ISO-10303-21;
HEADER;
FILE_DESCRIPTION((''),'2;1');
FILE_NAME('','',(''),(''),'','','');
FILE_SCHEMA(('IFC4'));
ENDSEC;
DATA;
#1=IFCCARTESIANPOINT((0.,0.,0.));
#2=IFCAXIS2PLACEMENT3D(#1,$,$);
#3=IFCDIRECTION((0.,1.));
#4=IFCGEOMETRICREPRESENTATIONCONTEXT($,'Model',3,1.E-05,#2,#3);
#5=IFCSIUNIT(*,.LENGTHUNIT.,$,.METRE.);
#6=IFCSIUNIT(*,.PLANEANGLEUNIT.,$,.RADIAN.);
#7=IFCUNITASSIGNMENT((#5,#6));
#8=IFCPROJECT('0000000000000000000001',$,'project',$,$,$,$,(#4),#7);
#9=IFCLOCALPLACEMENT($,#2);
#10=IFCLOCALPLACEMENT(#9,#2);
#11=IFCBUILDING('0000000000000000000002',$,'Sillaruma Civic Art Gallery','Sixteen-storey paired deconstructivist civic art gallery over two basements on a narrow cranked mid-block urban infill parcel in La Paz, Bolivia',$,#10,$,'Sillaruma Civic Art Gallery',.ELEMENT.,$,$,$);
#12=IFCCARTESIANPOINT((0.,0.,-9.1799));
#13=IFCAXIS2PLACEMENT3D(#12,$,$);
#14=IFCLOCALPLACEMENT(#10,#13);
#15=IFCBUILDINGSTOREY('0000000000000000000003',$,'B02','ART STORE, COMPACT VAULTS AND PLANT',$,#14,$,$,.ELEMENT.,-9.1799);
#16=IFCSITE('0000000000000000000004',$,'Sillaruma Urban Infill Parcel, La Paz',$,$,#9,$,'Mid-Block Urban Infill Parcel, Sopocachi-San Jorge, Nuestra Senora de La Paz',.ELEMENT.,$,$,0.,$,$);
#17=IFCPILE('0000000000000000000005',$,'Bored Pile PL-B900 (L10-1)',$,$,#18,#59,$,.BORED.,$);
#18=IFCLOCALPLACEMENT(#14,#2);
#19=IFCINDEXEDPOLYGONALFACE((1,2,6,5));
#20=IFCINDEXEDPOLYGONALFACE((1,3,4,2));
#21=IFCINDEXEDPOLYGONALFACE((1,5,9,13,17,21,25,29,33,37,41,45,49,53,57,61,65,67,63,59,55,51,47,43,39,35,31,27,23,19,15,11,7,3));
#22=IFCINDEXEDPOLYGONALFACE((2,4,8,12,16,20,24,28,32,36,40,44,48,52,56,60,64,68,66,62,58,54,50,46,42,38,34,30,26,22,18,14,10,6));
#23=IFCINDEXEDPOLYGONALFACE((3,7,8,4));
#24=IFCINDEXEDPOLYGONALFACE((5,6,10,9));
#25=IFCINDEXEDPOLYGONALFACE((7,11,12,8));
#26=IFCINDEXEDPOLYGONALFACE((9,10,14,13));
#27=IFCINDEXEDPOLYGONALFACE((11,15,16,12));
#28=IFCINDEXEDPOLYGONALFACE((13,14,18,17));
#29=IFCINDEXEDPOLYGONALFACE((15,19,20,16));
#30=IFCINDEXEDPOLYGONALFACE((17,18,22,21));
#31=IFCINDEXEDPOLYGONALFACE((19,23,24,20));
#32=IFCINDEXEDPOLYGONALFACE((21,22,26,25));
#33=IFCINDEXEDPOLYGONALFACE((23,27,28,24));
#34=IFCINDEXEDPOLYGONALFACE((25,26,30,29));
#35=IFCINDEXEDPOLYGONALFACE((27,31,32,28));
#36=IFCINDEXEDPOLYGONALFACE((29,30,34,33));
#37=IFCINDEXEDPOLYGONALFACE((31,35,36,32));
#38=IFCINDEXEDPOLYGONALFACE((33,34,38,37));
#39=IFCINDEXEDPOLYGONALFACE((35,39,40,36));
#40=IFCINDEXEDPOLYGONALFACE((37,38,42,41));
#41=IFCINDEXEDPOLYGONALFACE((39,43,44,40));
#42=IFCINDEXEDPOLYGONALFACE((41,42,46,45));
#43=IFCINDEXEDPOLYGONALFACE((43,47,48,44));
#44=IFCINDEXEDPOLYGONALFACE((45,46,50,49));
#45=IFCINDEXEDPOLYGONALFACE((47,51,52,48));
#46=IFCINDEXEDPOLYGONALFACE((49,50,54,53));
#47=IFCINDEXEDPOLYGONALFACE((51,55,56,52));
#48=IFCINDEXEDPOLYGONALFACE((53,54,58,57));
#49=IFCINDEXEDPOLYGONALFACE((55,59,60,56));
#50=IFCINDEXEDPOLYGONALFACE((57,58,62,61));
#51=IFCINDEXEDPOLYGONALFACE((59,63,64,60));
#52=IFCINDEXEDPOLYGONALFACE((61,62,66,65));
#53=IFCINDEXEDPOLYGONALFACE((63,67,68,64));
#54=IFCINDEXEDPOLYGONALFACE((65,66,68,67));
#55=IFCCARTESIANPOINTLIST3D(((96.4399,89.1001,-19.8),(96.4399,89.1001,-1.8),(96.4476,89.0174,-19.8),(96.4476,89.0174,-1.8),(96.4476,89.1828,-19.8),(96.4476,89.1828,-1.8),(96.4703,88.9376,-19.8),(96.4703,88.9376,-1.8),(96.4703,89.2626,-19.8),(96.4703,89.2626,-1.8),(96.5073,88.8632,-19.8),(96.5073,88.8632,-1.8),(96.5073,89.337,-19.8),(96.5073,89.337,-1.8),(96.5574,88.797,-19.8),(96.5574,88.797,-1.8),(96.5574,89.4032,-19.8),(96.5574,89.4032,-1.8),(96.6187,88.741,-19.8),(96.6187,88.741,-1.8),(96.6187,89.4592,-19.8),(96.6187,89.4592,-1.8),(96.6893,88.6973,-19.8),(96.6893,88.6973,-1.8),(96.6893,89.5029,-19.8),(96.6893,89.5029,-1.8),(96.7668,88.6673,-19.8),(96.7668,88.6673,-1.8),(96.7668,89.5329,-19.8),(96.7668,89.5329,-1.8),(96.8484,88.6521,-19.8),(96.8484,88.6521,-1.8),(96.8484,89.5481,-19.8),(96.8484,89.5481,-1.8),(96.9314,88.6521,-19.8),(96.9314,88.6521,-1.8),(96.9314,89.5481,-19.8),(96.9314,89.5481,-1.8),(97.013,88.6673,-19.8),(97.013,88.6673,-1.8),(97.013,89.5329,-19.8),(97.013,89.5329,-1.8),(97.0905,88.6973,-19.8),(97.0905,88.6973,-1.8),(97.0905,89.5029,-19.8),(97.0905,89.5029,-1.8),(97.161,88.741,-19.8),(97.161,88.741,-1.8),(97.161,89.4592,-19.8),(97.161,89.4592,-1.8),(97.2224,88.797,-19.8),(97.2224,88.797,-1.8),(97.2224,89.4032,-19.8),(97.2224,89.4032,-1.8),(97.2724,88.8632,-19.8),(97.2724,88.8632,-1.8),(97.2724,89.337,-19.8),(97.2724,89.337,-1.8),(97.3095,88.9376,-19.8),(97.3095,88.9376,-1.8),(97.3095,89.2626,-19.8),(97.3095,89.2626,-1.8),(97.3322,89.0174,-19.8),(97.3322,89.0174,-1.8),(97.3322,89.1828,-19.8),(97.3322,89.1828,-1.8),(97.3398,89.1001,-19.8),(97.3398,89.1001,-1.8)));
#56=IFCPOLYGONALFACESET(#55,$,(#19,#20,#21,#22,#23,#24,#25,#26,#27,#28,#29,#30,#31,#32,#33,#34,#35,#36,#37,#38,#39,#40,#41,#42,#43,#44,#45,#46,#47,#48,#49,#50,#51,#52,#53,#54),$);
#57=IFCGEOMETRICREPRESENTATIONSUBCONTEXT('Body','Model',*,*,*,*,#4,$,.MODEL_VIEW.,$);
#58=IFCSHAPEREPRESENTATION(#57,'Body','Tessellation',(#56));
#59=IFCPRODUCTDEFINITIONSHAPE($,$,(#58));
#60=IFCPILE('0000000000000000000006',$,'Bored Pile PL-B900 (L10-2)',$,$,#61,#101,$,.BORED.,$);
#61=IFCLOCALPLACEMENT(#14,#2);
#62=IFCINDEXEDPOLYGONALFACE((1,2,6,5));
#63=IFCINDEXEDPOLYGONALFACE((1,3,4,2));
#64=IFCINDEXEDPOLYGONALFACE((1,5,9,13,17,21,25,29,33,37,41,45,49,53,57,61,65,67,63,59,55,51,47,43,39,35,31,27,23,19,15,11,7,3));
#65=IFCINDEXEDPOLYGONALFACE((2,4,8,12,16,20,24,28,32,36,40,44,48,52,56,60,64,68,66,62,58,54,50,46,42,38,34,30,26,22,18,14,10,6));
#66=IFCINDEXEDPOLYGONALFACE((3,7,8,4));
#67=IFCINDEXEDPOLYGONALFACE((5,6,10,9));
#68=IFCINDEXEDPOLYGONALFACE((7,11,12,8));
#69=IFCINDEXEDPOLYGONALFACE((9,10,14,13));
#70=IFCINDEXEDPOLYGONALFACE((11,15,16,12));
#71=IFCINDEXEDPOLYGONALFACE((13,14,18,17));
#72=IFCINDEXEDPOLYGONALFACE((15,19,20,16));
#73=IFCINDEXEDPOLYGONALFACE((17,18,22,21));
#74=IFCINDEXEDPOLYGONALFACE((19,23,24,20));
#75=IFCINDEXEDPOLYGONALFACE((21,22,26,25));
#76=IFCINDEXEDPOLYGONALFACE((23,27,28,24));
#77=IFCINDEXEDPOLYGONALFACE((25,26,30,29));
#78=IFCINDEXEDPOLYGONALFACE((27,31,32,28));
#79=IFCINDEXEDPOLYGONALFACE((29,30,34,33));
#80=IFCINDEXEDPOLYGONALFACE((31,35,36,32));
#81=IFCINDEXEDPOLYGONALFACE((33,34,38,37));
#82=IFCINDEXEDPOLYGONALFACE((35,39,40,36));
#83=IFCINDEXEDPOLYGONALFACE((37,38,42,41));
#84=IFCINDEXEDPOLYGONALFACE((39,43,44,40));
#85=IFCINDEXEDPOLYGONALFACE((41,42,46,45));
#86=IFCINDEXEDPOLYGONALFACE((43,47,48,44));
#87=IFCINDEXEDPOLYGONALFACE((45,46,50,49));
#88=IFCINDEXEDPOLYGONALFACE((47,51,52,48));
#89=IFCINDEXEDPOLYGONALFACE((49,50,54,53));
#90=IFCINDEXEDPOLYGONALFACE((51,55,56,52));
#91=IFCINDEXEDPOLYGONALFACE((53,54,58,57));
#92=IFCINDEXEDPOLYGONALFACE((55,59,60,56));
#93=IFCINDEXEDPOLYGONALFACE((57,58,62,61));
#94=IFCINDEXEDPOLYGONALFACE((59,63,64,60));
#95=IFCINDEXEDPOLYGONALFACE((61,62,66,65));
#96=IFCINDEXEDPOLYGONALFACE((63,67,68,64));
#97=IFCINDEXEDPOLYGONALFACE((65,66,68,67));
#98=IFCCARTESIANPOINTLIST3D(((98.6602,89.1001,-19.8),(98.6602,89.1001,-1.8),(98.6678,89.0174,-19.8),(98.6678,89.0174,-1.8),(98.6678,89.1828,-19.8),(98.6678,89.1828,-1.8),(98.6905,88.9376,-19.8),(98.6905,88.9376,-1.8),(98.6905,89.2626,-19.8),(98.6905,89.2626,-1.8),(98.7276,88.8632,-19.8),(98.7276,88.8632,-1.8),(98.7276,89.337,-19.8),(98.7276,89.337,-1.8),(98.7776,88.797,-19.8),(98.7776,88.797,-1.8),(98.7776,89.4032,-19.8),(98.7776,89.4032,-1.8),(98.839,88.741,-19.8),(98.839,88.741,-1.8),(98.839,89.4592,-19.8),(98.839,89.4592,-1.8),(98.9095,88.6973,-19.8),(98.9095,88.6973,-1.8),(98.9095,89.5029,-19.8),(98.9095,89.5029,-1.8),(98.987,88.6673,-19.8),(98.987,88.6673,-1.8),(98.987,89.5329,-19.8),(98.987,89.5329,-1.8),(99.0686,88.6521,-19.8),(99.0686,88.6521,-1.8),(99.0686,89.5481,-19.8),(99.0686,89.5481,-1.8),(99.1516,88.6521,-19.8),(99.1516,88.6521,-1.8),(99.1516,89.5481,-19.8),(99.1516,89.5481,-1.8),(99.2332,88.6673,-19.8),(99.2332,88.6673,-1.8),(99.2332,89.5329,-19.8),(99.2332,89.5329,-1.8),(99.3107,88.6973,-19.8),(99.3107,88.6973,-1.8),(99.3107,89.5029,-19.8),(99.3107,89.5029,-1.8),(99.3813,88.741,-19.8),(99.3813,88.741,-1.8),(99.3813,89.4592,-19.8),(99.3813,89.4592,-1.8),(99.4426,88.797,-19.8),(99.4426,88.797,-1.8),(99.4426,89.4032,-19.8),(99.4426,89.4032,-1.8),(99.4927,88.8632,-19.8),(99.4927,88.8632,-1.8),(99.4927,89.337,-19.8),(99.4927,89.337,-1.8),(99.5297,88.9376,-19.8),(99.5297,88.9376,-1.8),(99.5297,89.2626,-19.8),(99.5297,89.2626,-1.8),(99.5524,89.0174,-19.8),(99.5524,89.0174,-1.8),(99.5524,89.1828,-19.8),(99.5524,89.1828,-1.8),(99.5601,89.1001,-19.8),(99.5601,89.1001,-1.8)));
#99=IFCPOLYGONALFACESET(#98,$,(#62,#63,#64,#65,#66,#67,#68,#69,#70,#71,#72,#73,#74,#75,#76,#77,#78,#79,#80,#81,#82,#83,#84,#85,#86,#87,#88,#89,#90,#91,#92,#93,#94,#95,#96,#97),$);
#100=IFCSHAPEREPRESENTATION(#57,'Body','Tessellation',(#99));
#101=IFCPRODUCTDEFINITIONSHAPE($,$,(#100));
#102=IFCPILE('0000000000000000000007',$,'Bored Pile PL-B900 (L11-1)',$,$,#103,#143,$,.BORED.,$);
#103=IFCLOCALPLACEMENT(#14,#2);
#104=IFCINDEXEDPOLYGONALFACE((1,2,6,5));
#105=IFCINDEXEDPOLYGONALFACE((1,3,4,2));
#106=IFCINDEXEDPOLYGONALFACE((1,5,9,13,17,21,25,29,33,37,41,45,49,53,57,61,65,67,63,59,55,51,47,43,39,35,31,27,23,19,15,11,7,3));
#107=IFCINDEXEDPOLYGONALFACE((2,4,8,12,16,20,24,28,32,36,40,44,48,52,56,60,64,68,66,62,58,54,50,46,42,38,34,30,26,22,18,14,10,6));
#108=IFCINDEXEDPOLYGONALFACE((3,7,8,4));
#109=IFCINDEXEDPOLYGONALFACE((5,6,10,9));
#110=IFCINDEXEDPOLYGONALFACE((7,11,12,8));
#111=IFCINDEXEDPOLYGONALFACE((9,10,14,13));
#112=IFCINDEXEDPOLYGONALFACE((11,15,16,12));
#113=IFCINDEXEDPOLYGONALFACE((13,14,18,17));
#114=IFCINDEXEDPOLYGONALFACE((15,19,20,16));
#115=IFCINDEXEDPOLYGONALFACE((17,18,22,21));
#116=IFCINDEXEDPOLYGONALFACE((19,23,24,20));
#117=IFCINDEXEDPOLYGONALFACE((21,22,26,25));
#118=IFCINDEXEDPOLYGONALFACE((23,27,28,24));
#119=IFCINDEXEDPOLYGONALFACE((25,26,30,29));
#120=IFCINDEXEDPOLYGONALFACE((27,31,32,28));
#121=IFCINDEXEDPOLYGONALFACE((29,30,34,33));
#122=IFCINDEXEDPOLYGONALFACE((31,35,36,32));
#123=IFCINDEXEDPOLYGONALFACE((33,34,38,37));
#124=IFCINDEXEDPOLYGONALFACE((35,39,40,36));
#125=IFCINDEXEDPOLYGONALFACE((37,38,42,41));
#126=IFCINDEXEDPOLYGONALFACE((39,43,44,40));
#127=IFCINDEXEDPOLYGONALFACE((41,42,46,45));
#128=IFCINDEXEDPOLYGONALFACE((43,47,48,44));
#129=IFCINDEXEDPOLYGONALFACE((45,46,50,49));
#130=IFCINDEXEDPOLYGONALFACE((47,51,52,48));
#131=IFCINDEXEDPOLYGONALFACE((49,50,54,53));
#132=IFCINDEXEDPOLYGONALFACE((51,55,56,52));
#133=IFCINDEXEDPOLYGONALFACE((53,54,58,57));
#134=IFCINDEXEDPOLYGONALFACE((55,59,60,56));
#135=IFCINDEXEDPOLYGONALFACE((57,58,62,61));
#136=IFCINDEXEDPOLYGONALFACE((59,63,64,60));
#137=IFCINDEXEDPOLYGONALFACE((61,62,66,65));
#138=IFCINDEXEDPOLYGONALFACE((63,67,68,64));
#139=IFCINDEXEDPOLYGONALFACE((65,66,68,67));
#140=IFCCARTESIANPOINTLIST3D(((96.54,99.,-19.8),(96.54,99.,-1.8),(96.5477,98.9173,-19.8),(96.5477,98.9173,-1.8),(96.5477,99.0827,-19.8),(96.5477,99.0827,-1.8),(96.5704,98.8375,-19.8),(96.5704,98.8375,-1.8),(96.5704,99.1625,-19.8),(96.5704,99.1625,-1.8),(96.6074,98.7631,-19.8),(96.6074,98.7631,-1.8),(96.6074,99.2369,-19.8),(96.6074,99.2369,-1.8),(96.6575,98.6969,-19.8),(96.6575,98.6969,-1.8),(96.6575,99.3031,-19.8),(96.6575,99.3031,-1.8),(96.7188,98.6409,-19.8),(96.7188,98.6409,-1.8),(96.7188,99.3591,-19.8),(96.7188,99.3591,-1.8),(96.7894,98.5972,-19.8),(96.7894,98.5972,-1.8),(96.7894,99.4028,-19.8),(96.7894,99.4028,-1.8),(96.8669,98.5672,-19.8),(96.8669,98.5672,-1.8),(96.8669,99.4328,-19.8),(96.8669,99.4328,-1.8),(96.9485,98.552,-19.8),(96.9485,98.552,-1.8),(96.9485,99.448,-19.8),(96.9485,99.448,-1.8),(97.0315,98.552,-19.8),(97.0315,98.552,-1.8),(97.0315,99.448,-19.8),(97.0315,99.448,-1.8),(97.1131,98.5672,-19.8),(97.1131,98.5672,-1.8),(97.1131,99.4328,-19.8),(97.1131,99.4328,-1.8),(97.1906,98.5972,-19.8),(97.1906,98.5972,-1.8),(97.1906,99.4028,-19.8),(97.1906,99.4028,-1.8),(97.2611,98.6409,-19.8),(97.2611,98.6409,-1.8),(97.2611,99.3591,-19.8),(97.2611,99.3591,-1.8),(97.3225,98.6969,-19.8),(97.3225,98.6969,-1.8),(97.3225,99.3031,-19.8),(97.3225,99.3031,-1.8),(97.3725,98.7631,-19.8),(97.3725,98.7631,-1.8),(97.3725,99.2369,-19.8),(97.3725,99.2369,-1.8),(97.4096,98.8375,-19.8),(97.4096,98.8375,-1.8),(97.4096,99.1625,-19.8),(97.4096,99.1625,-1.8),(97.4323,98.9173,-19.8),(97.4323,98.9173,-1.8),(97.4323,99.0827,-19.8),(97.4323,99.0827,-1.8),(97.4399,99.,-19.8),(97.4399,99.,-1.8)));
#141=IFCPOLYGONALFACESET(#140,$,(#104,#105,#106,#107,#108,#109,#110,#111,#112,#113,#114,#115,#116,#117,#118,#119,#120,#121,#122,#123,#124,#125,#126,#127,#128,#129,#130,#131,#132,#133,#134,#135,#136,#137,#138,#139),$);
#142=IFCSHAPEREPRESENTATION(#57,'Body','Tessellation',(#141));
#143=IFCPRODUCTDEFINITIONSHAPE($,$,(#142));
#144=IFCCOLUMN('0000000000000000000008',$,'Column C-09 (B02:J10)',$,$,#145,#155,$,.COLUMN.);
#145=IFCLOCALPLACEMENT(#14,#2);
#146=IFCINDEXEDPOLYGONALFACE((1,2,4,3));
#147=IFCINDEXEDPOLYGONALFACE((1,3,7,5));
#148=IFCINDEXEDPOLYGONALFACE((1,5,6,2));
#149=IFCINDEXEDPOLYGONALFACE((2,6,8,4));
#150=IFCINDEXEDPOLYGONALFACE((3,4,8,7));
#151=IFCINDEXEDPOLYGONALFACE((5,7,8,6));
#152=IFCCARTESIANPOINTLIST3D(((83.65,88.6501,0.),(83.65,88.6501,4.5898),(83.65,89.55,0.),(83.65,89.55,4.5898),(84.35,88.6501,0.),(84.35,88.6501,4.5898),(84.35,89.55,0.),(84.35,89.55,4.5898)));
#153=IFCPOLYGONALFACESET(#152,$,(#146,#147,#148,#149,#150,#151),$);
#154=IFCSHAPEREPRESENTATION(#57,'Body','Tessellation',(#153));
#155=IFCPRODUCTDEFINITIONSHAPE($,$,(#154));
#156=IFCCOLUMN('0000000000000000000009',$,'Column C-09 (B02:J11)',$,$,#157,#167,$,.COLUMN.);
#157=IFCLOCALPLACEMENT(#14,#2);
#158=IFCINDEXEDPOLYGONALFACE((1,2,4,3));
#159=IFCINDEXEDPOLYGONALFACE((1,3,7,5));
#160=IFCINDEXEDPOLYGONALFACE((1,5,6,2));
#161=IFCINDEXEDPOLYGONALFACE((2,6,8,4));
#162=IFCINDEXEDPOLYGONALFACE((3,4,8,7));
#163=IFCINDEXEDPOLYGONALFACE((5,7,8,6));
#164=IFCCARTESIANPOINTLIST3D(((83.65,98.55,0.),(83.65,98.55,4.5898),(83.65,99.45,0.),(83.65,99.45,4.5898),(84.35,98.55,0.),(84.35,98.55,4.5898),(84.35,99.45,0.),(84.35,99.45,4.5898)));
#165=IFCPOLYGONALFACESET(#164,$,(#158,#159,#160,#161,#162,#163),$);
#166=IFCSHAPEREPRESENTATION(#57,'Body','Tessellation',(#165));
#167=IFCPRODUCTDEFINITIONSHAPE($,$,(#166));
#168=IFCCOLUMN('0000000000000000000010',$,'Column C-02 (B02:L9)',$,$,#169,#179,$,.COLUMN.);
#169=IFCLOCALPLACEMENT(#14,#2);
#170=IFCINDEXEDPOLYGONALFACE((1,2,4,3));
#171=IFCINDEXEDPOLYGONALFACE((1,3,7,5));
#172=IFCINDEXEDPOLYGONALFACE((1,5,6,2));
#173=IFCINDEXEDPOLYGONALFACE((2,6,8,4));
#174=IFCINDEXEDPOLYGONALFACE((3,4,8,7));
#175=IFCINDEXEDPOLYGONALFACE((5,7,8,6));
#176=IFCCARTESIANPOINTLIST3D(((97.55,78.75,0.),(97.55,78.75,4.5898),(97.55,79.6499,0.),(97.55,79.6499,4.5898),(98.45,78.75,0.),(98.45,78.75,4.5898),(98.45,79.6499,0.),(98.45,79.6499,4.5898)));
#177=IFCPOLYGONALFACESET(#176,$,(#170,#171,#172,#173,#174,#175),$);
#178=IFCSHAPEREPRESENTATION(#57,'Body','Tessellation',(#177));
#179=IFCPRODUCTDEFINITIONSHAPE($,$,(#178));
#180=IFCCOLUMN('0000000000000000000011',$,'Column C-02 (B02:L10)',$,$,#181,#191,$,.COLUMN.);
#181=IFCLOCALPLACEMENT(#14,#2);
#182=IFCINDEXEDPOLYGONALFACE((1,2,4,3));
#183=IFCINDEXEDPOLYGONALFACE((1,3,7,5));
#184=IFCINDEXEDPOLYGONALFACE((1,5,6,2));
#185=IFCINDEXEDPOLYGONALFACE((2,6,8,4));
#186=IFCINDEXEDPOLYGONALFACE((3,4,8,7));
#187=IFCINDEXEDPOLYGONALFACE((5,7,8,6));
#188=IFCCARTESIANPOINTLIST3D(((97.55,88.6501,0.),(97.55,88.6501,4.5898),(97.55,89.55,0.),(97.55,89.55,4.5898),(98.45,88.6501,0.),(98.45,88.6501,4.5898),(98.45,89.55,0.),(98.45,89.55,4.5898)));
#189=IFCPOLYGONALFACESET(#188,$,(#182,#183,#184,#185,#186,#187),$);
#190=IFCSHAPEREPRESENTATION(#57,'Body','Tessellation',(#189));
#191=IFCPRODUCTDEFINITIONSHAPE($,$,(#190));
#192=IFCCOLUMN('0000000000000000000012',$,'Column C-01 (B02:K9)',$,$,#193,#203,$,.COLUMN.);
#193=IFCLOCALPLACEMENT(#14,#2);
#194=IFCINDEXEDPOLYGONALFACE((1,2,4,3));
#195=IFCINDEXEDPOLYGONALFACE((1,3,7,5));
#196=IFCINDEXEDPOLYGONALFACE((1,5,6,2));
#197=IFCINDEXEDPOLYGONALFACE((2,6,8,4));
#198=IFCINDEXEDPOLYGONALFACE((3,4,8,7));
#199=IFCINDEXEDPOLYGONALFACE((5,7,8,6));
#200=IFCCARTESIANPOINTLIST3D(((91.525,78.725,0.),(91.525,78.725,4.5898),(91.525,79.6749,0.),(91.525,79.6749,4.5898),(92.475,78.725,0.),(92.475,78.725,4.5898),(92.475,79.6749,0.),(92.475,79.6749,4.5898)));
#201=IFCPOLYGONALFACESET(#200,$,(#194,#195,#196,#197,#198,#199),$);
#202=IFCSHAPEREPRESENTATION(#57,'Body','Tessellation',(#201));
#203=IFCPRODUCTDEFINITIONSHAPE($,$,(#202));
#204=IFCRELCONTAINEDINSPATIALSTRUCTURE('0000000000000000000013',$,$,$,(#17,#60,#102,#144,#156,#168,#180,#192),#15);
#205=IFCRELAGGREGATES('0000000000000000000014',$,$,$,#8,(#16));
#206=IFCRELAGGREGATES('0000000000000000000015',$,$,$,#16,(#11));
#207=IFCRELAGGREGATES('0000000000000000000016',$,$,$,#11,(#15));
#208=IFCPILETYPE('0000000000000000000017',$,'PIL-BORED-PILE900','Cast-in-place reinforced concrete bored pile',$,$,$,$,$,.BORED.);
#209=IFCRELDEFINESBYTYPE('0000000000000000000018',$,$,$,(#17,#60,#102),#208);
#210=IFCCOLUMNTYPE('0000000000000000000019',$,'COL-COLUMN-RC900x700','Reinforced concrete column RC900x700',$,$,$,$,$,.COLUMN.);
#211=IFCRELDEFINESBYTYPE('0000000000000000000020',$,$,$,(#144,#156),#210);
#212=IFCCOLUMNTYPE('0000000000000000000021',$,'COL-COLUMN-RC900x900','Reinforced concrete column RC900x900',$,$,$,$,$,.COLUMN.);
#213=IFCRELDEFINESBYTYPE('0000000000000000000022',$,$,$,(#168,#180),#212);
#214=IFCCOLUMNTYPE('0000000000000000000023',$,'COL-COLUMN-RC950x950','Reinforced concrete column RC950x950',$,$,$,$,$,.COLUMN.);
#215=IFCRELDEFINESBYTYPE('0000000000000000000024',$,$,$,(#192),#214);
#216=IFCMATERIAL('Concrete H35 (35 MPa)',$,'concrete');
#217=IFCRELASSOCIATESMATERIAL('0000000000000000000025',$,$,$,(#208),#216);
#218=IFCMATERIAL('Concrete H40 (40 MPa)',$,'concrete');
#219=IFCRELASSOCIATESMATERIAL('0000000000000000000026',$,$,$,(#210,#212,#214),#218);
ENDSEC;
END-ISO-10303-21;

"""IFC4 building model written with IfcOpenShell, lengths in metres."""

from ifc_helpers import new_model, si_unit, direction, frame, origin, origin_2d, place, context, subcontext, project, spatial, rectangle, circle, extrude, material, material_profile, profile_set, type_object, element, save


model = new_model("IFC4")

# Units and contexts
model_context = context("Model", 3, precision=1e-05, world=origin(), true_north=direction((0.0, 1.0)))
body_context = subcontext(model_context, "Body", "Model", "MODEL_VIEW")
ifc_project = project(units=[si_unit("LENGTHUNIT", "METRE"), si_unit("PLANEANGLEUNIT", "RADIAN")], contexts=[model_context])

# Site, building, storey
site_placement = place(None, origin())
site = spatial("IfcSite", under=ifc_project, at=site_placement, Name="Sillaruma Urban Infill Parcel, La Paz", LongName="Mid-Block Urban Infill Parcel, Sopocachi-San Jorge, Nuestra Senora de La Paz", CompositionType="ELEMENT", RefElevation=0.0)
building_placement = place(site_placement, origin())
building = spatial("IfcBuilding", under=site, at=building_placement, Name="Sillaruma Civic Art Gallery", Description="Sixteen-storey paired deconstructivist civic art gallery over two basements on a narrow cranked mid-block urban infill parcel in La Paz, Bolivia", LongName="Sillaruma Civic Art Gallery", CompositionType="ELEMENT")
storey_placement = place(building_placement, frame((0.0, 0.0, -9.1799)))
storey = spatial("IfcBuildingStorey", under=building, at=storey_placement, Name="B02", Description="ART STORE, COMPACT VAULTS AND PLANT", CompositionType="ELEMENT", Elevation=-9.1799)

# Shared definitions
ifc_material_1 = material(Name="Concrete H35 (35 MPa)", Category="concrete")

# Piles
ifc_material_profile_1 = material_profile(ifc_material_1, circle(Radius=0.45, at=origin_2d()), Name="PILE900")
ifc_profile_set_1 = profile_set([ifc_material_profile_1], Name="Concrete H35 (35 MPa)")
pile_type_1 = type_object("IfcPileType", Name="PIL-BORED-PILE900", Description="Cast-in-place reinforced concrete bored pile", PredefinedType="BORED", material=ifc_profile_set_1)
for number, where, z_axis, x_axis, name in (
    (1, (96.8899, 89.1001, -1.8), (0.0, 0.0, -1.0), (1.0, 0.0, 0.0), "Bored Pile PL-B900 (L10-1)"),
    (2, (99.1101, 89.1001, -1.8), (0.0, 0.0, -1.0), (1.0, 0.0, 0.0), "Bored Pile PL-B900 (L10-2)"),
    (3, (96.99, 99.0, -1.8), (0.0, 0.0, -1.0), (1.0, 0.0, 0.0), "Bored Pile PL-B900 (L11-1)"),
):
    element("IfcPile", number, at=place(storey_placement, frame(where, z_axis=z_axis, x_axis=x_axis)), inside=storey, type_object=pile_type_1, Name=name, PredefinedType="BORED", context=body_context, shape_type="SweptSolid", body=[
        extrude(circle(Radius=0.45, at=origin_2d()), origin(), (0.0, 0.0, 1.0), 18.0),
    ])

# Columns
ifc_material_2 = material(Name="Concrete H40 (40 MPa)", Category="concrete")
ifc_material_profile_2 = material_profile(ifc_material_2, rectangle(XDim=0.7, YDim=0.8999, at=origin_2d()), Name="RC900x700")
ifc_profile_set_2 = profile_set([ifc_material_profile_2], Name="Concrete H40 (40 MPa)")
column_type_1 = type_object("IfcColumnType", Name="COL-COLUMN-RC900x700", Description="Reinforced concrete column RC900x700", PredefinedType="COLUMN", material=ifc_profile_set_2)
for number, where, z_axis, x_axis, name in (
    (4, (84.0, 89.1001, 0.0), (0.0, 0.0, 1.0), (1.0, 0.0, 0.0), "Column C-09 (B02:J10)"),
    (5, (84.0, 99.0, 0.0), (0.0, 0.0, 1.0), (1.0, 0.0, 0.0), "Column C-09 (B02:J11)"),
):
    element("IfcColumn", number, at=place(storey_placement, frame(where, z_axis=z_axis, x_axis=x_axis)), inside=storey, type_object=column_type_1, Name=name, PredefinedType="COLUMN", context=body_context, shape_type="SweptSolid", body=[
        extrude(rectangle(XDim=0.7, YDim=0.8999, at=origin_2d()), origin(), (0.0, 0.0, 1.0), 4.5898),
    ])
ifc_material_profile_3 = material_profile(ifc_material_2, rectangle(XDim=0.8999, YDim=0.8999, at=origin_2d()), Name="RC900x900")
ifc_profile_set_3 = profile_set([ifc_material_profile_3], Name="Concrete H40 (40 MPa)")
column_type_2 = type_object("IfcColumnType", Name="COL-COLUMN-RC900x900", Description="Reinforced concrete column RC900x900", PredefinedType="COLUMN", material=ifc_profile_set_3)
for number, where, z_axis, x_axis, name in (
    (6, (98.0, 79.2, 0.0), (0.0, 0.0, 1.0), (1.0, 0.0, 0.0), "Column C-02 (B02:L9)"),
    (7, (98.0, 89.1001, 0.0), (0.0, 0.0, 1.0), (1.0, 0.0, 0.0), "Column C-02 (B02:L10)"),
):
    element("IfcColumn", number, at=place(storey_placement, frame(where, z_axis=z_axis, x_axis=x_axis)), inside=storey, type_object=column_type_2, Name=name, PredefinedType="COLUMN", context=body_context, shape_type="SweptSolid", body=[
        extrude(rectangle(XDim=0.8999, YDim=0.8999, at=origin_2d()), origin(), (0.0, 0.0, 1.0), 4.5898),
    ])
ifc_material_profile_4 = material_profile(ifc_material_2, rectangle(XDim=0.95, YDim=0.95, at=origin_2d()), Name="RC950x950")
ifc_profile_set_4 = profile_set([ifc_material_profile_4], Name="Concrete H40 (40 MPa)")
column_type_3 = type_object("IfcColumnType", Name="COL-COLUMN-RC950x950", Description="Reinforced concrete column RC950x950", PredefinedType="COLUMN", material=ifc_profile_set_4)
for number, where, z_axis, x_axis, name in (
    (8, (92.0, 79.2, 0.0), (0.0, 0.0, 1.0), (1.0, 0.0, 0.0), "Column C-01 (B02:K9)"),
):
    element("IfcColumn", number, at=place(storey_placement, frame(where, z_axis=z_axis, x_axis=x_axis)), inside=storey, type_object=column_type_3, Name=name, PredefinedType="COLUMN", context=body_context, shape_type="SweptSolid", body=[
        extrude(rectangle(XDim=0.95, YDim=0.95, at=origin_2d()), origin(), (0.0, 0.0, 1.0), 4.5898),
    ])

save(model, "model.ifc")
